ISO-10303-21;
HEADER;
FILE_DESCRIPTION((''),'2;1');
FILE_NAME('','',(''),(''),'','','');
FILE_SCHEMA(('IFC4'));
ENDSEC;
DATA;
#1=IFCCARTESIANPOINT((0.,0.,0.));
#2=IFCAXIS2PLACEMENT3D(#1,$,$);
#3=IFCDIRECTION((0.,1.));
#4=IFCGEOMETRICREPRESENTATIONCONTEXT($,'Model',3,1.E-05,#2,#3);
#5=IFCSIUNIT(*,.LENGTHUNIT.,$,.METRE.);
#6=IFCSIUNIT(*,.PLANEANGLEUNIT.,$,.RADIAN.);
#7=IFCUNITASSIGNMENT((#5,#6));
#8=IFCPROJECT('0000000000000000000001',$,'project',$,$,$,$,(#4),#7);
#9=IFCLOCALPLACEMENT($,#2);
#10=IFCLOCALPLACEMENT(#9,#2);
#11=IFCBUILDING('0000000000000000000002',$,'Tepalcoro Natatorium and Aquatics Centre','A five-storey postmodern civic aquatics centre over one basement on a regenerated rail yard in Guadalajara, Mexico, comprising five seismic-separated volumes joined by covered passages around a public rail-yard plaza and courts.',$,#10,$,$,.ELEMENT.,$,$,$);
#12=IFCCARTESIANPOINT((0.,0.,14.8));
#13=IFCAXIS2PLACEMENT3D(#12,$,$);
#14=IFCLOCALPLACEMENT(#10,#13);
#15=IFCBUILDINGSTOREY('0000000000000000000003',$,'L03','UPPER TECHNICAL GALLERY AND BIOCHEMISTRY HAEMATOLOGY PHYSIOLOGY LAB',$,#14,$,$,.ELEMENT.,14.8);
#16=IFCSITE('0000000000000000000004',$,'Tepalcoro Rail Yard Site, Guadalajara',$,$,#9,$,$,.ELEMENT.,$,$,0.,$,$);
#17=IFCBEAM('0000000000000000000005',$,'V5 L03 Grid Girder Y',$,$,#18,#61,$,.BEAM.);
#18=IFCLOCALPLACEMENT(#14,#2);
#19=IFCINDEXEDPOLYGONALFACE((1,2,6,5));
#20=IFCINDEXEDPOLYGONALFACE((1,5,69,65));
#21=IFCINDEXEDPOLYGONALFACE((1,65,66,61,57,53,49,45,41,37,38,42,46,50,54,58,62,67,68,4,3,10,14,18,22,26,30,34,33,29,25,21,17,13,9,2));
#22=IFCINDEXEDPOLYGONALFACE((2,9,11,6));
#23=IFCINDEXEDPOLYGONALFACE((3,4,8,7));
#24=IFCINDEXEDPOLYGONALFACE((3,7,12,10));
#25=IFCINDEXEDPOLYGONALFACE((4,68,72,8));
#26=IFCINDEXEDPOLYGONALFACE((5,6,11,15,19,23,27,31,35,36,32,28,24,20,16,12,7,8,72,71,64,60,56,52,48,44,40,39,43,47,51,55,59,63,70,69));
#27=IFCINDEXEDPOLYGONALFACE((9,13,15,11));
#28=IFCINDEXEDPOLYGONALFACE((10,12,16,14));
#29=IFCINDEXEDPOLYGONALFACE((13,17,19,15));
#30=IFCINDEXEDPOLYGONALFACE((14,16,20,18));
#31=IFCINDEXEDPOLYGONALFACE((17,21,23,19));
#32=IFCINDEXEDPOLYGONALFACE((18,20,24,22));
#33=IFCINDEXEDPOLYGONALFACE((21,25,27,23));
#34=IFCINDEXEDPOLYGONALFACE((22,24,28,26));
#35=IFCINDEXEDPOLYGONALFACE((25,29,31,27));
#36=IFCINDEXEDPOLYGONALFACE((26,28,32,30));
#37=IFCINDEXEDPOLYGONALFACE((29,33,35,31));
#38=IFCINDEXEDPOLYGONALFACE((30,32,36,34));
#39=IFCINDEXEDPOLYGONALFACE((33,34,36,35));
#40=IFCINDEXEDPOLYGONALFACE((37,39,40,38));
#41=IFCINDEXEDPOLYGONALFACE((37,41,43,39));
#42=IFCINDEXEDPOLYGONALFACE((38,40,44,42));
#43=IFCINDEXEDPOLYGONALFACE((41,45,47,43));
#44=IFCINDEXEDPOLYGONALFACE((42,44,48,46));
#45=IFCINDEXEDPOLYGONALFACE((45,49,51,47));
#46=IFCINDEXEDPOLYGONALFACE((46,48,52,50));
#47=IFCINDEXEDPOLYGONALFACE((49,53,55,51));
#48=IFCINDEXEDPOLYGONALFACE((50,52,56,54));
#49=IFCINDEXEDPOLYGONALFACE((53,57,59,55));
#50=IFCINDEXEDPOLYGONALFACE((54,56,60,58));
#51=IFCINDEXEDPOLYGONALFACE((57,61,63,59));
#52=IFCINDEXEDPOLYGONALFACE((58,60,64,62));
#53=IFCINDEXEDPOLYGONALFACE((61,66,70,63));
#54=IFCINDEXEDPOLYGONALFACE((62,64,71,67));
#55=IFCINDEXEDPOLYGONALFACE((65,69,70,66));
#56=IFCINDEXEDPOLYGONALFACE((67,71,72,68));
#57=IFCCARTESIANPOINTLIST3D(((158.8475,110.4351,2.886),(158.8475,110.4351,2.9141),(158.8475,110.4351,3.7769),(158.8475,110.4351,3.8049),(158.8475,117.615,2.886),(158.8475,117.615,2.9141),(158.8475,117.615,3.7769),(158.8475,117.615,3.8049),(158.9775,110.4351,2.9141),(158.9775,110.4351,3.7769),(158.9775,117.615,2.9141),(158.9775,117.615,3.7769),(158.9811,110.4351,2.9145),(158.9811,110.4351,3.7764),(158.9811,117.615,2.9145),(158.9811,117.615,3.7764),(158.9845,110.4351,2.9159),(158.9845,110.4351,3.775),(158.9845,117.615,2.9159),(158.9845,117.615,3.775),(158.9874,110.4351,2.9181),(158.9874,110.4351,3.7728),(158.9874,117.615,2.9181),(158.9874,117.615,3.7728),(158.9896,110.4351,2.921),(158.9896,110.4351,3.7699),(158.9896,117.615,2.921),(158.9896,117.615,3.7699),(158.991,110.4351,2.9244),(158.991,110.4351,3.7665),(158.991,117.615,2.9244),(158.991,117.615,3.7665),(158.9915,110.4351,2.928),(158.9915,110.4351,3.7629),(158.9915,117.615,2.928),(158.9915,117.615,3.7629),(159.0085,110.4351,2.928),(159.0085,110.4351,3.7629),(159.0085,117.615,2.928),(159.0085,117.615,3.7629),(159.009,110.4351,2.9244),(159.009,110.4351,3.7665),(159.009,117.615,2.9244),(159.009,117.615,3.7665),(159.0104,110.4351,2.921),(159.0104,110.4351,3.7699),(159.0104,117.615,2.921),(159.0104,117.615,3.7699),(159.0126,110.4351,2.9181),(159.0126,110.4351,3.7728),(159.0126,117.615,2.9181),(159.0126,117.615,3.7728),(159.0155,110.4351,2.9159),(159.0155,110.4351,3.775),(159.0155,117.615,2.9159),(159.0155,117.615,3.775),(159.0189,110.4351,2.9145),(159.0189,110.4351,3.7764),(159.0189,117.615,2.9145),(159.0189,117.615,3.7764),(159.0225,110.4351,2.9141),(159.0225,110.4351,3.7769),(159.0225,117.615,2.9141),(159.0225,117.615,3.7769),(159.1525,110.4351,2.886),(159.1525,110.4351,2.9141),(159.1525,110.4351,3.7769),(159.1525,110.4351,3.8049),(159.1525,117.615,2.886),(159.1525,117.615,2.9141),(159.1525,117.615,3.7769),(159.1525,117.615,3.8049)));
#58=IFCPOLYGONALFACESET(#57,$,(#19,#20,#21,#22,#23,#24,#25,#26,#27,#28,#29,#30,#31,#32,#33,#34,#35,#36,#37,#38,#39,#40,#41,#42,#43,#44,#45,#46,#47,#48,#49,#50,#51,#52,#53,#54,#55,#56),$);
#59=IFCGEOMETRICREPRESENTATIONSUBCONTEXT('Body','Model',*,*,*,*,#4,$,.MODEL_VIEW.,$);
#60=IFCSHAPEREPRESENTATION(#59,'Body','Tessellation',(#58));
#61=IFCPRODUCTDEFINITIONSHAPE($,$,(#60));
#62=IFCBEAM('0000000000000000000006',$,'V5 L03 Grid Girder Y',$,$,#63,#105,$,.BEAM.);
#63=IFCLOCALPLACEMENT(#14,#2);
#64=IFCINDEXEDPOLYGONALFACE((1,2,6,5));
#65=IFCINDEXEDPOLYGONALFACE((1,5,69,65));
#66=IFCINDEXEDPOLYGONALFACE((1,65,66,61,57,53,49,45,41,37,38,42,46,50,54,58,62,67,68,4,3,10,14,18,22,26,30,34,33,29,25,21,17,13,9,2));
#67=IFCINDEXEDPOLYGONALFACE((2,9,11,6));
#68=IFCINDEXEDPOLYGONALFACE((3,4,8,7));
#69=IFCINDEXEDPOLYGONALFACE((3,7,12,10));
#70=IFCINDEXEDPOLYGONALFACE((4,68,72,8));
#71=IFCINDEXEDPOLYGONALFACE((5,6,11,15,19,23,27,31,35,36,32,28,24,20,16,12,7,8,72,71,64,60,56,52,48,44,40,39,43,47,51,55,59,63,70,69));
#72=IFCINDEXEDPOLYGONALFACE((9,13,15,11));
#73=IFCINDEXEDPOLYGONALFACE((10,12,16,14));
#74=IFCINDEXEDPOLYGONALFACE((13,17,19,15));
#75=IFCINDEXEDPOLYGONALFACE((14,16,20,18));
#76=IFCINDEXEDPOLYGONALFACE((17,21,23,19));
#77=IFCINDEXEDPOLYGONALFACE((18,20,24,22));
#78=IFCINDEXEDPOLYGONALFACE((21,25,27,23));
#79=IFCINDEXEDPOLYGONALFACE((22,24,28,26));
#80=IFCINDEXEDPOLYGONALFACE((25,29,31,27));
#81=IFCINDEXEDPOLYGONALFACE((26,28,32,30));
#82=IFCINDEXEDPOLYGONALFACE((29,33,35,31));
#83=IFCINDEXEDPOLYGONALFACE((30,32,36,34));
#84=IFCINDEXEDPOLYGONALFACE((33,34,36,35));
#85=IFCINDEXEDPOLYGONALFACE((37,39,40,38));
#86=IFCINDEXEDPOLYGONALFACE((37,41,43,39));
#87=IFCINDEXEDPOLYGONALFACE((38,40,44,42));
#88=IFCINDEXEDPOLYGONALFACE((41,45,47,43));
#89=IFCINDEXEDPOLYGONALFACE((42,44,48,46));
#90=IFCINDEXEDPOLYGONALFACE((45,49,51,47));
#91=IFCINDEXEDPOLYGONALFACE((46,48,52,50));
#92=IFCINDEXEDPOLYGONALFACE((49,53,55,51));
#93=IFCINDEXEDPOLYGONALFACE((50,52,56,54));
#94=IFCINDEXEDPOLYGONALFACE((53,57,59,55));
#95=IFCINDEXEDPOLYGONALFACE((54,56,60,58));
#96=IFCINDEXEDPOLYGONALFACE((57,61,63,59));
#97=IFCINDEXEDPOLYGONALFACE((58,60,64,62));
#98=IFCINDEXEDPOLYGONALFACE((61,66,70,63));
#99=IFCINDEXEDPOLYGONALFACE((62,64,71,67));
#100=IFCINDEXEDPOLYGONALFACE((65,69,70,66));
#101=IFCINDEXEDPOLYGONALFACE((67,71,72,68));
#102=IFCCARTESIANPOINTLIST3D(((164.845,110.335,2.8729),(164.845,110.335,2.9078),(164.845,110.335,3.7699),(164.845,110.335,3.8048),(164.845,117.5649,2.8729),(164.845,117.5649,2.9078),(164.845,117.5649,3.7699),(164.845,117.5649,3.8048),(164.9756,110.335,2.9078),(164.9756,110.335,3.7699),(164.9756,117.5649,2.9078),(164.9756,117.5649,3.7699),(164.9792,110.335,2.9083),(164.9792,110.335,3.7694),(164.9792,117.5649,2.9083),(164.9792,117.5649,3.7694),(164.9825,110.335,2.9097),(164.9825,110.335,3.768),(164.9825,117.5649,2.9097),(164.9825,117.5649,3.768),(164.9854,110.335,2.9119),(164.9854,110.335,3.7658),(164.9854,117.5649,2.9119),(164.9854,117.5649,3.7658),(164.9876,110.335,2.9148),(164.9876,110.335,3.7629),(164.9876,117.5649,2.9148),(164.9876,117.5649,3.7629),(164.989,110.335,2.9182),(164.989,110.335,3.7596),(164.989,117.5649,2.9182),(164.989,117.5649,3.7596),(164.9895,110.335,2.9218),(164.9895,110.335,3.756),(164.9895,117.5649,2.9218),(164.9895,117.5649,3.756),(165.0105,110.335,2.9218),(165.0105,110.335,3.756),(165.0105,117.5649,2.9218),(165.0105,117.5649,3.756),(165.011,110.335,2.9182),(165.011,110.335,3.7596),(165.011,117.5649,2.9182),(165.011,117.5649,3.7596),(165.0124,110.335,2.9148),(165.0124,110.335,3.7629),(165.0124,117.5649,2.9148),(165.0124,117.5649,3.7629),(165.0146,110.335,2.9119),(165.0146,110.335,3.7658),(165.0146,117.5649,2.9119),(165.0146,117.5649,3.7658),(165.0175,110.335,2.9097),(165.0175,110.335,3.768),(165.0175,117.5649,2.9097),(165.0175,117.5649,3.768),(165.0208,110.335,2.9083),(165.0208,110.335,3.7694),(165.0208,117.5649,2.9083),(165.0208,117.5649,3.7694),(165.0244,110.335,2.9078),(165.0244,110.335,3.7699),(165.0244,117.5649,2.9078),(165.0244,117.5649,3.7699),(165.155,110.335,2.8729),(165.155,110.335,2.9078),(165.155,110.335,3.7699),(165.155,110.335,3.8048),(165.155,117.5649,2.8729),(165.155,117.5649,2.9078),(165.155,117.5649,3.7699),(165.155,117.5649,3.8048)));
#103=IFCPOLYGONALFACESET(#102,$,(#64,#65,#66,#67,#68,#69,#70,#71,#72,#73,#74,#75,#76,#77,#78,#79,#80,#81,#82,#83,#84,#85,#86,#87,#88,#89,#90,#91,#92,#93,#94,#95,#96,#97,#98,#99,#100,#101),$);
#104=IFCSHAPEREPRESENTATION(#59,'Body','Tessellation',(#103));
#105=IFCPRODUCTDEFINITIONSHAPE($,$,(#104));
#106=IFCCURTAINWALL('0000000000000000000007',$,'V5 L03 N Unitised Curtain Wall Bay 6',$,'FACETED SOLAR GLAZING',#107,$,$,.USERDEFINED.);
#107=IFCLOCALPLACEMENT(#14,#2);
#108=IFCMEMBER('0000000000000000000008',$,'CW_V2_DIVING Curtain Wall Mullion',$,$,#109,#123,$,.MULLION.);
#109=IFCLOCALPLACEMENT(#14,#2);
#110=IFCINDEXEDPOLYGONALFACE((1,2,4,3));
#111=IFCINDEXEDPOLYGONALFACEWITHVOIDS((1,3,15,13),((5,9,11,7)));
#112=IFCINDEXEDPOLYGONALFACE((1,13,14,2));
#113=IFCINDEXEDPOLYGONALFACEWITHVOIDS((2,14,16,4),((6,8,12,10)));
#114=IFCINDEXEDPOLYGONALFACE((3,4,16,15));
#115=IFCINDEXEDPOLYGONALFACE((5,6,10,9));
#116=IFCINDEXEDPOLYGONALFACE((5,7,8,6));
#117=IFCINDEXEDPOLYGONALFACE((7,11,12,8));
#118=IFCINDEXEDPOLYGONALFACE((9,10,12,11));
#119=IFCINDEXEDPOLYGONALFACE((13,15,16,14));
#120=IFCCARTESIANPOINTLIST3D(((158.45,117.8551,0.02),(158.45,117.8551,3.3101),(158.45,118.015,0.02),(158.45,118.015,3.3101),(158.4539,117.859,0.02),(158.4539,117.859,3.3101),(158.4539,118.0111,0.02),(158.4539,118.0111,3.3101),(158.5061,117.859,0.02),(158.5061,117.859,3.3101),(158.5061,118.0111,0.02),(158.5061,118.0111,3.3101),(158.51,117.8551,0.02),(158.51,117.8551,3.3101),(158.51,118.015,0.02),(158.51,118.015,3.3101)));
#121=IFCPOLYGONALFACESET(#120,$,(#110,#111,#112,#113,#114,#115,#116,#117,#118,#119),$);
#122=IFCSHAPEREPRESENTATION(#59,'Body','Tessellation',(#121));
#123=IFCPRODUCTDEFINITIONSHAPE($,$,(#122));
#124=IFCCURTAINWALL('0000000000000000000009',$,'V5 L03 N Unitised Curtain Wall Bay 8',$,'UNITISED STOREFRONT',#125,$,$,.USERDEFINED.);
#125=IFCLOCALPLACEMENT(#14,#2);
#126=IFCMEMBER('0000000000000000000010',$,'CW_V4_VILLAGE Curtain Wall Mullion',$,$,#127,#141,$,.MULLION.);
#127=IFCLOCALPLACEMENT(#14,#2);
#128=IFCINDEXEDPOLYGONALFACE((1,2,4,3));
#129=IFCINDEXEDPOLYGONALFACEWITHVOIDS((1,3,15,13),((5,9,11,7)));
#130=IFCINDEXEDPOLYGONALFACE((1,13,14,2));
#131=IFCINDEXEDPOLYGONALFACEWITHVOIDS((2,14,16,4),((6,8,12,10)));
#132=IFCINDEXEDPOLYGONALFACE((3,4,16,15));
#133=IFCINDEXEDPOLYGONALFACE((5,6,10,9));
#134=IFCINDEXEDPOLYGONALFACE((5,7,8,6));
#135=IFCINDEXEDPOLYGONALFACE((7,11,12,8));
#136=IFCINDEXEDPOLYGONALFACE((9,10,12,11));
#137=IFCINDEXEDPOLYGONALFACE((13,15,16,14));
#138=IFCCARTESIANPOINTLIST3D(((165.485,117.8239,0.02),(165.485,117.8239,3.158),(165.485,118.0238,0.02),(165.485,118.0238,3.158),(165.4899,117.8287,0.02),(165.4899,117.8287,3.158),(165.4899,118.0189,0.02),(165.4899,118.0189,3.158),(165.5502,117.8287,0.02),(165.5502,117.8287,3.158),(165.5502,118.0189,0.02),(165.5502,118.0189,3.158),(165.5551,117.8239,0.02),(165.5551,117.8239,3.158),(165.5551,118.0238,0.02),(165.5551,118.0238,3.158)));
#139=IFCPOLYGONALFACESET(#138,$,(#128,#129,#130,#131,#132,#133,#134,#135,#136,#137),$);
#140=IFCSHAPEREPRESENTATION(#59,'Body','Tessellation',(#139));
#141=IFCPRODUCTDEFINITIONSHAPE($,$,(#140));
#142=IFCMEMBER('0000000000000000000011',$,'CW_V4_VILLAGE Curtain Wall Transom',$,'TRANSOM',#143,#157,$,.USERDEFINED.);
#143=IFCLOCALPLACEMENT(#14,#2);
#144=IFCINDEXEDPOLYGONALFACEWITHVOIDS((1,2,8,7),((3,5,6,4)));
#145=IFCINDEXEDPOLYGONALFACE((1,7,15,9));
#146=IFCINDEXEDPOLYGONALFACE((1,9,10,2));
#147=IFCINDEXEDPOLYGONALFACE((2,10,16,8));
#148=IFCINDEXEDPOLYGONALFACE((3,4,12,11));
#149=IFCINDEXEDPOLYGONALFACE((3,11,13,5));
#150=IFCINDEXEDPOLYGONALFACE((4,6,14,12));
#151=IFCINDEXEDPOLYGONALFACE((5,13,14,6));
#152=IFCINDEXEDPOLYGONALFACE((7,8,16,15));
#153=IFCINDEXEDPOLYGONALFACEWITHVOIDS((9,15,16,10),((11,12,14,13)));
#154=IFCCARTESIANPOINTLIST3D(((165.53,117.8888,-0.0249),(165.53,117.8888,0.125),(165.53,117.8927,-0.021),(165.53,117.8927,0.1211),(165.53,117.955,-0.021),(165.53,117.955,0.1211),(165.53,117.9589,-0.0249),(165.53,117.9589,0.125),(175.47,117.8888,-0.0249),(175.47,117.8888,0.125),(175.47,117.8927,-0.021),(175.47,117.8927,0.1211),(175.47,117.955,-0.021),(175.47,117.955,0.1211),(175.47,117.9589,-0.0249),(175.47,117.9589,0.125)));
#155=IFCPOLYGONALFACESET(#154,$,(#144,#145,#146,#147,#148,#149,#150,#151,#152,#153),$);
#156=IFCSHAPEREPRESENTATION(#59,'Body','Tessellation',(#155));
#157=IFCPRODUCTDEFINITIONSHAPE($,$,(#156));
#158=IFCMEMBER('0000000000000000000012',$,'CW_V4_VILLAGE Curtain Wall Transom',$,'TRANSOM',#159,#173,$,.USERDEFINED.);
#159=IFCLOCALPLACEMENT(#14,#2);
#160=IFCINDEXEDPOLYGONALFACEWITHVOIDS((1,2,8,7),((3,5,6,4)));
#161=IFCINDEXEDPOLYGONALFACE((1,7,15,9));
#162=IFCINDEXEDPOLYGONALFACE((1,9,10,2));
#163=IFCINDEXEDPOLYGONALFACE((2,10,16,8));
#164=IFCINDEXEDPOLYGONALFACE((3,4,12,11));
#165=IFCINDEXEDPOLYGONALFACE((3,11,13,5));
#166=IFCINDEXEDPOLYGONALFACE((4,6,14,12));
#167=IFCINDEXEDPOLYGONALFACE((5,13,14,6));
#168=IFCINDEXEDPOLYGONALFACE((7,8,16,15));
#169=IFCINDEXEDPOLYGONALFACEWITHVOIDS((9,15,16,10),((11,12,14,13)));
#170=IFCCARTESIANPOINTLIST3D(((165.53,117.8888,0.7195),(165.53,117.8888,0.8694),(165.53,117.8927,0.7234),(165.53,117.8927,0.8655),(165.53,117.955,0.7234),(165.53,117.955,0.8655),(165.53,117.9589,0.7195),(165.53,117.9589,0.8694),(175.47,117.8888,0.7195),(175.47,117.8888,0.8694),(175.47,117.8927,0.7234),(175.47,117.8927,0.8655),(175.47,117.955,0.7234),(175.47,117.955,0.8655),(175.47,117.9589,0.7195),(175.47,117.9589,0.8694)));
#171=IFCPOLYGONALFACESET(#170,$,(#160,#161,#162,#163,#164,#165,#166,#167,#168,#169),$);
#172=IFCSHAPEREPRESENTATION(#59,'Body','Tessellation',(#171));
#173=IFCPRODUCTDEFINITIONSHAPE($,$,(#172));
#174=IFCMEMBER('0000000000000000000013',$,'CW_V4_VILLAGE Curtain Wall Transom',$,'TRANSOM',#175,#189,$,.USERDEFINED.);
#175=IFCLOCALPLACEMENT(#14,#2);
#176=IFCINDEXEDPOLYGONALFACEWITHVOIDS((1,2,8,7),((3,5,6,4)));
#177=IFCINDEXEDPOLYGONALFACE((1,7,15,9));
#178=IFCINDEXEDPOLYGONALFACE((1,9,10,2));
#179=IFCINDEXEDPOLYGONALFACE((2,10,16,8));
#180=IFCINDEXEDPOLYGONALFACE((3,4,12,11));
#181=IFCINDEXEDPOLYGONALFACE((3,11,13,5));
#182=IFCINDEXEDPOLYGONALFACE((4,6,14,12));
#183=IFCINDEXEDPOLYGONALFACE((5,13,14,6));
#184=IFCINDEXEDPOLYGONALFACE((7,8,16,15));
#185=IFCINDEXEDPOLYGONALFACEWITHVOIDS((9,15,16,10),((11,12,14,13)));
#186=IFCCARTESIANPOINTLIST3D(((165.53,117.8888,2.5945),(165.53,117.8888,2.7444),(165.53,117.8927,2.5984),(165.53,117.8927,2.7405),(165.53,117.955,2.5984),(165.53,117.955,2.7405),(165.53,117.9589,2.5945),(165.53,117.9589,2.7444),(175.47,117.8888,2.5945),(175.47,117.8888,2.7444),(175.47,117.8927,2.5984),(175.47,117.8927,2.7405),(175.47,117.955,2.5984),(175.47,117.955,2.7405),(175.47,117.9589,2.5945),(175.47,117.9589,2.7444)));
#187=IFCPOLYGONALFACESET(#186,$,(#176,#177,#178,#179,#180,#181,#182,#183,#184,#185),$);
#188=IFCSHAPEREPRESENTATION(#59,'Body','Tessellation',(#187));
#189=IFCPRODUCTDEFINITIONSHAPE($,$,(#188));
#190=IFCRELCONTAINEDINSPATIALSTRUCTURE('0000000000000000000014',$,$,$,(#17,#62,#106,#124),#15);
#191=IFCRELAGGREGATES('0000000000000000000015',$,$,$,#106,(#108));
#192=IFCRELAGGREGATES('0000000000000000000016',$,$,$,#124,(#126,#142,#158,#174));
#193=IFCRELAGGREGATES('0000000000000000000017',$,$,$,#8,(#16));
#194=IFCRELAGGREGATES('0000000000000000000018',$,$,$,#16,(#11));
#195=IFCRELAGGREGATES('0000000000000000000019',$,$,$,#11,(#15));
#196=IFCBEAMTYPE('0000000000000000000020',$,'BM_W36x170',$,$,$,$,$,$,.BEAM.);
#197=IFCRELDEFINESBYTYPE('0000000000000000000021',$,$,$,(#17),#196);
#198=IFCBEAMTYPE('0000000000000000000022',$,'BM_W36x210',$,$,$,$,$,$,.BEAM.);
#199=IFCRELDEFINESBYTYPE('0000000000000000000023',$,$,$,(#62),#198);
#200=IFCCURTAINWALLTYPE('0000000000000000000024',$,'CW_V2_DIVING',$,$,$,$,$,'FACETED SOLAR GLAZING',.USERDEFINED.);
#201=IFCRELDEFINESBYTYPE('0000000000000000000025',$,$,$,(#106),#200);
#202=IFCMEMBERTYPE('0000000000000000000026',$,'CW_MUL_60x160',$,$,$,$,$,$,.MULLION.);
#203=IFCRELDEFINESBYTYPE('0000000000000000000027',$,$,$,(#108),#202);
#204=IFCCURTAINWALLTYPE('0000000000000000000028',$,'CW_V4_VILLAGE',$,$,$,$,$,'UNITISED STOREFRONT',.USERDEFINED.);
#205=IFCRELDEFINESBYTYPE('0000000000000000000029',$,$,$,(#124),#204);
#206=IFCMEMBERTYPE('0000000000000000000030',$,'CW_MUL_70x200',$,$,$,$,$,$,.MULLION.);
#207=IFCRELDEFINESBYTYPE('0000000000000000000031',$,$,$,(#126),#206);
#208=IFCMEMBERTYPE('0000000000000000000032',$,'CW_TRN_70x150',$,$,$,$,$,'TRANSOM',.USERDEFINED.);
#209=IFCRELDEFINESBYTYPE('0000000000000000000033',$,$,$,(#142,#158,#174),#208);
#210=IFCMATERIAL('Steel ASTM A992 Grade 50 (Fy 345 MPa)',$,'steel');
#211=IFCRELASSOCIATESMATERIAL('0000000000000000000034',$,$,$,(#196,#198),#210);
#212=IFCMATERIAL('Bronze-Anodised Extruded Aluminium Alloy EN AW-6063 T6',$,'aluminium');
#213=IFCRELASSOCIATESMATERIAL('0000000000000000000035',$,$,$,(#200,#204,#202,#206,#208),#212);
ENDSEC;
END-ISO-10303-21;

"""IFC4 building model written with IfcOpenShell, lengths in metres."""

from ifc_helpers import new_model, si_unit, direction, frame, origin, origin_2d, place, context, subcontext, project, spatial, hollow_rectangle, i_section, extrude, material, material_profile, profile_set, type_object, element, aggregate, save


model = new_model("IFC4")

# Units and contexts
model_context = context("Model", 3, precision=1e-05, world=origin(), true_north=direction((0.0, 1.0)))
body_context = subcontext(model_context, "Body", "Model", "MODEL_VIEW")
ifc_project = project(units=[si_unit("LENGTHUNIT", "METRE"), si_unit("PLANEANGLEUNIT", "RADIAN")], contexts=[model_context])

# Site, building, storey
site_placement = place(None, origin())
site = spatial("IfcSite", under=ifc_project, at=site_placement, Name="Tepalcoro Rail Yard Site, Guadalajara", CompositionType="ELEMENT", RefElevation=0.0)
building_placement = place(site_placement, origin())
building = spatial("IfcBuilding", under=site, at=building_placement, Name="Tepalcoro Natatorium and Aquatics Centre", Description="A five-storey postmodern civic aquatics centre over one basement on a regenerated rail yard in Guadalajara, Mexico, comprising five seismic-separated volumes joined by covered passages around a public rail-yard plaza and courts.", CompositionType="ELEMENT")
storey_placement = place(building_placement, frame((0.0, 0.0, 14.8)))
storey = spatial("IfcBuildingStorey", under=building, at=storey_placement, Name="L03", Description="UPPER TECHNICAL GALLERY AND BIOCHEMISTRY HAEMATOLOGY PHYSIOLOGY LAB", CompositionType="ELEMENT", Elevation=14.8)

# Beams
ifc_material_1 = material(Name="Steel ASTM A992 Grade 50 (Fy 345 MPa)", Category="steel")
ifc_material_profile_1 = material_profile(ifc_material_1, i_section(OverallWidth=0.3049, OverallDepth=0.9189, WebThickness=0.0171, FlangeThickness=0.0281, FilletRadius=0.0139, at=origin_2d()), Name="W36X170")
ifc_profile_set_1 = profile_set([ifc_material_profile_1], Name="Steel ASTM A992 Grade 50 (Fy 345 MPa)")
beam_type_1 = type_object("IfcBeamType", Name="BM_W36x170", PredefinedType="BEAM", material=ifc_profile_set_1)
beam_1_placement = place(storey_placement, frame((159.0, 110.4351, 3.3455), z_axis=(0.0, 1.0, 0.0), x_axis=(-1.0, 0.0, 0.0)))
element("IfcBeam", 1, at=beam_1_placement, inside=storey, type_object=beam_type_1, Name="V5 L03 Grid Girder Y", PredefinedType="BEAM", context=body_context, shape_type="SweptSolid", body=[
    extrude(i_section(OverallWidth=0.3049, OverallDepth=0.9189, WebThickness=0.0171, FlangeThickness=0.0281, FilletRadius=0.0139, at=origin_2d()), origin(), (0.0, 0.0, 1.0), 7.1799),
])
ifc_material_profile_2 = material_profile(ifc_material_1, i_section(OverallWidth=0.3101, OverallDepth=0.9319, WebThickness=0.021, FlangeThickness=0.0349, FilletRadius=0.0139, at=origin_2d()), Name="W36X210")
ifc_profile_set_2 = profile_set([ifc_material_profile_2], Name="Steel ASTM A992 Grade 50 (Fy 345 MPa)")
beam_type_2 = type_object("IfcBeamType", Name="BM_W36x210", PredefinedType="BEAM", material=ifc_profile_set_2)
beam_2_placement = place(storey_placement, frame((165.0, 110.335, 3.3389), z_axis=(0.0, 1.0, 0.0), x_axis=(-1.0, 0.0, 0.0)))
element("IfcBeam", 2, at=beam_2_placement, inside=storey, type_object=beam_type_2, Name="V5 L03 Grid Girder Y", PredefinedType="BEAM", context=body_context, shape_type="SweptSolid", body=[
    extrude(i_section(OverallWidth=0.3101, OverallDepth=0.9319, WebThickness=0.021, FlangeThickness=0.0349, FilletRadius=0.0139, at=origin_2d()), origin(), (0.0, 0.0, 1.0), 7.23),
])

# Curtain wall, member
ifc_material_2 = material(Name="Bronze-Anodised Extruded Aluminium Alloy EN AW-6063 T6", Category="aluminium")
curtain_wall_type_1 = type_object("IfcCurtainWallType", Name="CW_V2_DIVING", ElementType="FACETED SOLAR GLAZING", PredefinedType="USERDEFINED", material=ifc_material_2)
curtain_wall_1_placement = place(storey_placement, origin())
curtain_wall_1 = element("IfcCurtainWall", 3, at=curtain_wall_1_placement, inside=storey, type_object=curtain_wall_type_1, Name="V5 L03 N Unitised Curtain Wall Bay 6", ObjectType="FACETED SOLAR GLAZING", PredefinedType="USERDEFINED")
ifc_material_profile_3 = material_profile(ifc_material_2, hollow_rectangle(XDim=0.0601, YDim=0.1599, WallThickness=0.0039, at=origin_2d()), Name="AL60X160X4")
ifc_profile_set_3 = profile_set([ifc_material_profile_3], Name="Bronze-Anodised Extruded Aluminium Alloy EN AW-6063 T6")
member_type_1 = type_object("IfcMemberType", Name="CW_MUL_60x160", PredefinedType="MULLION", material=ifc_profile_set_3)
member_1_placement = place(storey_placement, frame((158.48, 117.9351, 0.02), z_axis=(0.0, 0.0, 1.0), x_axis=(1.0, 0.0, 0.0)))
member_1 = element("IfcMember", 4, at=member_1_placement, type_object=member_type_1, Name="CW_V2_DIVING Curtain Wall Mullion", PredefinedType="MULLION", context=body_context, shape_type="SweptSolid", body=[
    extrude(hollow_rectangle(XDim=0.0601, YDim=0.1599, WallThickness=0.0039, at=origin_2d()), origin(), (0.0, 0.0, 1.0), 3.29),
])
aggregate(curtain_wall_1, [member_1])

# Curtain wall, members
curtain_wall_type_2 = type_object("IfcCurtainWallType", Name="CW_V4_VILLAGE", ElementType="UNITISED STOREFRONT", PredefinedType="USERDEFINED", material=ifc_material_2)
curtain_wall_2_placement = place(storey_placement, origin())
curtain_wall_2 = element("IfcCurtainWall", 5, at=curtain_wall_2_placement, inside=storey, type_object=curtain_wall_type_2, Name="V5 L03 N Unitised Curtain Wall Bay 8", ObjectType="UNITISED STOREFRONT", PredefinedType="USERDEFINED")
ifc_material_profile_4 = material_profile(ifc_material_2, hollow_rectangle(XDim=0.0701, YDim=0.2, WallThickness=0.0049, at=origin_2d()), Name="AL70X200X5")
ifc_profile_set_4 = profile_set([ifc_material_profile_4], Name="Bronze-Anodised Extruded Aluminium Alloy EN AW-6063 T6")
member_type_2 = type_object("IfcMemberType", Name="CW_MUL_70x200", PredefinedType="MULLION", material=ifc_profile_set_4)
member_2_placement = place(storey_placement, frame((165.52, 117.9238, 0.02), z_axis=(0.0, 0.0, 1.0), x_axis=(1.0, 0.0, 0.0)))
member_2 = element("IfcMember", 6, at=member_2_placement, type_object=member_type_2, Name="CW_V4_VILLAGE Curtain Wall Mullion", PredefinedType="MULLION", context=body_context, shape_type="SweptSolid", body=[
    extrude(hollow_rectangle(XDim=0.0701, YDim=0.2, WallThickness=0.0049, at=origin_2d()), origin(), (0.0, 0.0, 1.0), 3.1379),
])
ifc_material_profile_5 = material_profile(ifc_material_2, hollow_rectangle(XDim=0.0701, YDim=0.1499, WallThickness=0.0039, at=origin_2d()), Name="AL70X150X4")
ifc_profile_set_5 = profile_set([ifc_material_profile_5], Name="Bronze-Anodised Extruded Aluminium Alloy EN AW-6063 T6")
member_type_3 = type_object("IfcMemberType", Name="CW_TRN_70x150", ElementType="TRANSOM", PredefinedType="USERDEFINED", material=ifc_profile_set_5)
member_3_placement = place(storey_placement, frame((165.53, 117.9238, 0.05), z_axis=(1.0, 0.0, 0.0), x_axis=(0.0, 1.0, 0.0)))
member_3 = element("IfcMember", 7, at=member_3_placement, type_object=member_type_3, Name="CW_V4_VILLAGE Curtain Wall Transom", ObjectType="TRANSOM", PredefinedType="USERDEFINED", context=body_context, shape_type="SweptSolid", body=[
    extrude(hollow_rectangle(XDim=0.0701, YDim=0.1499, WallThickness=0.0039, at=origin_2d()), origin(), (0.0, 0.0, 1.0), 9.9399),
])
member_4_placement = place(storey_placement, frame((165.53, 117.9238, 0.7944), z_axis=(1.0, 0.0, 0.0), x_axis=(0.0, 1.0, 0.0)))
member_4 = element("IfcMember", 8, at=member_4_placement, type_object=member_type_3, Name="CW_V4_VILLAGE Curtain Wall Transom", ObjectType="TRANSOM", PredefinedType="USERDEFINED", context=body_context, shape_type="SweptSolid", body=[
    extrude(hollow_rectangle(XDim=0.0701, YDim=0.1499, WallThickness=0.0039, at=origin_2d()), origin(), (0.0, 0.0, 1.0), 9.9399),
])
member_5_placement = place(storey_placement, frame((165.53, 117.9238, 2.6694), z_axis=(1.0, 0.0, 0.0), x_axis=(0.0, 1.0, 0.0)))
member_5 = element("IfcMember", 9, at=member_5_placement, type_object=member_type_3, Name="CW_V4_VILLAGE Curtain Wall Transom", ObjectType="TRANSOM", PredefinedType="USERDEFINED", context=body_context, shape_type="SweptSolid", body=[
    extrude(hollow_rectangle(XDim=0.0701, YDim=0.1499, WallThickness=0.0039, at=origin_2d()), origin(), (0.0, 0.0, 1.0), 9.9399),
])
aggregate(curtain_wall_2, [member_2, member_3, member_4, member_5])

save(model, "model.ifc")
